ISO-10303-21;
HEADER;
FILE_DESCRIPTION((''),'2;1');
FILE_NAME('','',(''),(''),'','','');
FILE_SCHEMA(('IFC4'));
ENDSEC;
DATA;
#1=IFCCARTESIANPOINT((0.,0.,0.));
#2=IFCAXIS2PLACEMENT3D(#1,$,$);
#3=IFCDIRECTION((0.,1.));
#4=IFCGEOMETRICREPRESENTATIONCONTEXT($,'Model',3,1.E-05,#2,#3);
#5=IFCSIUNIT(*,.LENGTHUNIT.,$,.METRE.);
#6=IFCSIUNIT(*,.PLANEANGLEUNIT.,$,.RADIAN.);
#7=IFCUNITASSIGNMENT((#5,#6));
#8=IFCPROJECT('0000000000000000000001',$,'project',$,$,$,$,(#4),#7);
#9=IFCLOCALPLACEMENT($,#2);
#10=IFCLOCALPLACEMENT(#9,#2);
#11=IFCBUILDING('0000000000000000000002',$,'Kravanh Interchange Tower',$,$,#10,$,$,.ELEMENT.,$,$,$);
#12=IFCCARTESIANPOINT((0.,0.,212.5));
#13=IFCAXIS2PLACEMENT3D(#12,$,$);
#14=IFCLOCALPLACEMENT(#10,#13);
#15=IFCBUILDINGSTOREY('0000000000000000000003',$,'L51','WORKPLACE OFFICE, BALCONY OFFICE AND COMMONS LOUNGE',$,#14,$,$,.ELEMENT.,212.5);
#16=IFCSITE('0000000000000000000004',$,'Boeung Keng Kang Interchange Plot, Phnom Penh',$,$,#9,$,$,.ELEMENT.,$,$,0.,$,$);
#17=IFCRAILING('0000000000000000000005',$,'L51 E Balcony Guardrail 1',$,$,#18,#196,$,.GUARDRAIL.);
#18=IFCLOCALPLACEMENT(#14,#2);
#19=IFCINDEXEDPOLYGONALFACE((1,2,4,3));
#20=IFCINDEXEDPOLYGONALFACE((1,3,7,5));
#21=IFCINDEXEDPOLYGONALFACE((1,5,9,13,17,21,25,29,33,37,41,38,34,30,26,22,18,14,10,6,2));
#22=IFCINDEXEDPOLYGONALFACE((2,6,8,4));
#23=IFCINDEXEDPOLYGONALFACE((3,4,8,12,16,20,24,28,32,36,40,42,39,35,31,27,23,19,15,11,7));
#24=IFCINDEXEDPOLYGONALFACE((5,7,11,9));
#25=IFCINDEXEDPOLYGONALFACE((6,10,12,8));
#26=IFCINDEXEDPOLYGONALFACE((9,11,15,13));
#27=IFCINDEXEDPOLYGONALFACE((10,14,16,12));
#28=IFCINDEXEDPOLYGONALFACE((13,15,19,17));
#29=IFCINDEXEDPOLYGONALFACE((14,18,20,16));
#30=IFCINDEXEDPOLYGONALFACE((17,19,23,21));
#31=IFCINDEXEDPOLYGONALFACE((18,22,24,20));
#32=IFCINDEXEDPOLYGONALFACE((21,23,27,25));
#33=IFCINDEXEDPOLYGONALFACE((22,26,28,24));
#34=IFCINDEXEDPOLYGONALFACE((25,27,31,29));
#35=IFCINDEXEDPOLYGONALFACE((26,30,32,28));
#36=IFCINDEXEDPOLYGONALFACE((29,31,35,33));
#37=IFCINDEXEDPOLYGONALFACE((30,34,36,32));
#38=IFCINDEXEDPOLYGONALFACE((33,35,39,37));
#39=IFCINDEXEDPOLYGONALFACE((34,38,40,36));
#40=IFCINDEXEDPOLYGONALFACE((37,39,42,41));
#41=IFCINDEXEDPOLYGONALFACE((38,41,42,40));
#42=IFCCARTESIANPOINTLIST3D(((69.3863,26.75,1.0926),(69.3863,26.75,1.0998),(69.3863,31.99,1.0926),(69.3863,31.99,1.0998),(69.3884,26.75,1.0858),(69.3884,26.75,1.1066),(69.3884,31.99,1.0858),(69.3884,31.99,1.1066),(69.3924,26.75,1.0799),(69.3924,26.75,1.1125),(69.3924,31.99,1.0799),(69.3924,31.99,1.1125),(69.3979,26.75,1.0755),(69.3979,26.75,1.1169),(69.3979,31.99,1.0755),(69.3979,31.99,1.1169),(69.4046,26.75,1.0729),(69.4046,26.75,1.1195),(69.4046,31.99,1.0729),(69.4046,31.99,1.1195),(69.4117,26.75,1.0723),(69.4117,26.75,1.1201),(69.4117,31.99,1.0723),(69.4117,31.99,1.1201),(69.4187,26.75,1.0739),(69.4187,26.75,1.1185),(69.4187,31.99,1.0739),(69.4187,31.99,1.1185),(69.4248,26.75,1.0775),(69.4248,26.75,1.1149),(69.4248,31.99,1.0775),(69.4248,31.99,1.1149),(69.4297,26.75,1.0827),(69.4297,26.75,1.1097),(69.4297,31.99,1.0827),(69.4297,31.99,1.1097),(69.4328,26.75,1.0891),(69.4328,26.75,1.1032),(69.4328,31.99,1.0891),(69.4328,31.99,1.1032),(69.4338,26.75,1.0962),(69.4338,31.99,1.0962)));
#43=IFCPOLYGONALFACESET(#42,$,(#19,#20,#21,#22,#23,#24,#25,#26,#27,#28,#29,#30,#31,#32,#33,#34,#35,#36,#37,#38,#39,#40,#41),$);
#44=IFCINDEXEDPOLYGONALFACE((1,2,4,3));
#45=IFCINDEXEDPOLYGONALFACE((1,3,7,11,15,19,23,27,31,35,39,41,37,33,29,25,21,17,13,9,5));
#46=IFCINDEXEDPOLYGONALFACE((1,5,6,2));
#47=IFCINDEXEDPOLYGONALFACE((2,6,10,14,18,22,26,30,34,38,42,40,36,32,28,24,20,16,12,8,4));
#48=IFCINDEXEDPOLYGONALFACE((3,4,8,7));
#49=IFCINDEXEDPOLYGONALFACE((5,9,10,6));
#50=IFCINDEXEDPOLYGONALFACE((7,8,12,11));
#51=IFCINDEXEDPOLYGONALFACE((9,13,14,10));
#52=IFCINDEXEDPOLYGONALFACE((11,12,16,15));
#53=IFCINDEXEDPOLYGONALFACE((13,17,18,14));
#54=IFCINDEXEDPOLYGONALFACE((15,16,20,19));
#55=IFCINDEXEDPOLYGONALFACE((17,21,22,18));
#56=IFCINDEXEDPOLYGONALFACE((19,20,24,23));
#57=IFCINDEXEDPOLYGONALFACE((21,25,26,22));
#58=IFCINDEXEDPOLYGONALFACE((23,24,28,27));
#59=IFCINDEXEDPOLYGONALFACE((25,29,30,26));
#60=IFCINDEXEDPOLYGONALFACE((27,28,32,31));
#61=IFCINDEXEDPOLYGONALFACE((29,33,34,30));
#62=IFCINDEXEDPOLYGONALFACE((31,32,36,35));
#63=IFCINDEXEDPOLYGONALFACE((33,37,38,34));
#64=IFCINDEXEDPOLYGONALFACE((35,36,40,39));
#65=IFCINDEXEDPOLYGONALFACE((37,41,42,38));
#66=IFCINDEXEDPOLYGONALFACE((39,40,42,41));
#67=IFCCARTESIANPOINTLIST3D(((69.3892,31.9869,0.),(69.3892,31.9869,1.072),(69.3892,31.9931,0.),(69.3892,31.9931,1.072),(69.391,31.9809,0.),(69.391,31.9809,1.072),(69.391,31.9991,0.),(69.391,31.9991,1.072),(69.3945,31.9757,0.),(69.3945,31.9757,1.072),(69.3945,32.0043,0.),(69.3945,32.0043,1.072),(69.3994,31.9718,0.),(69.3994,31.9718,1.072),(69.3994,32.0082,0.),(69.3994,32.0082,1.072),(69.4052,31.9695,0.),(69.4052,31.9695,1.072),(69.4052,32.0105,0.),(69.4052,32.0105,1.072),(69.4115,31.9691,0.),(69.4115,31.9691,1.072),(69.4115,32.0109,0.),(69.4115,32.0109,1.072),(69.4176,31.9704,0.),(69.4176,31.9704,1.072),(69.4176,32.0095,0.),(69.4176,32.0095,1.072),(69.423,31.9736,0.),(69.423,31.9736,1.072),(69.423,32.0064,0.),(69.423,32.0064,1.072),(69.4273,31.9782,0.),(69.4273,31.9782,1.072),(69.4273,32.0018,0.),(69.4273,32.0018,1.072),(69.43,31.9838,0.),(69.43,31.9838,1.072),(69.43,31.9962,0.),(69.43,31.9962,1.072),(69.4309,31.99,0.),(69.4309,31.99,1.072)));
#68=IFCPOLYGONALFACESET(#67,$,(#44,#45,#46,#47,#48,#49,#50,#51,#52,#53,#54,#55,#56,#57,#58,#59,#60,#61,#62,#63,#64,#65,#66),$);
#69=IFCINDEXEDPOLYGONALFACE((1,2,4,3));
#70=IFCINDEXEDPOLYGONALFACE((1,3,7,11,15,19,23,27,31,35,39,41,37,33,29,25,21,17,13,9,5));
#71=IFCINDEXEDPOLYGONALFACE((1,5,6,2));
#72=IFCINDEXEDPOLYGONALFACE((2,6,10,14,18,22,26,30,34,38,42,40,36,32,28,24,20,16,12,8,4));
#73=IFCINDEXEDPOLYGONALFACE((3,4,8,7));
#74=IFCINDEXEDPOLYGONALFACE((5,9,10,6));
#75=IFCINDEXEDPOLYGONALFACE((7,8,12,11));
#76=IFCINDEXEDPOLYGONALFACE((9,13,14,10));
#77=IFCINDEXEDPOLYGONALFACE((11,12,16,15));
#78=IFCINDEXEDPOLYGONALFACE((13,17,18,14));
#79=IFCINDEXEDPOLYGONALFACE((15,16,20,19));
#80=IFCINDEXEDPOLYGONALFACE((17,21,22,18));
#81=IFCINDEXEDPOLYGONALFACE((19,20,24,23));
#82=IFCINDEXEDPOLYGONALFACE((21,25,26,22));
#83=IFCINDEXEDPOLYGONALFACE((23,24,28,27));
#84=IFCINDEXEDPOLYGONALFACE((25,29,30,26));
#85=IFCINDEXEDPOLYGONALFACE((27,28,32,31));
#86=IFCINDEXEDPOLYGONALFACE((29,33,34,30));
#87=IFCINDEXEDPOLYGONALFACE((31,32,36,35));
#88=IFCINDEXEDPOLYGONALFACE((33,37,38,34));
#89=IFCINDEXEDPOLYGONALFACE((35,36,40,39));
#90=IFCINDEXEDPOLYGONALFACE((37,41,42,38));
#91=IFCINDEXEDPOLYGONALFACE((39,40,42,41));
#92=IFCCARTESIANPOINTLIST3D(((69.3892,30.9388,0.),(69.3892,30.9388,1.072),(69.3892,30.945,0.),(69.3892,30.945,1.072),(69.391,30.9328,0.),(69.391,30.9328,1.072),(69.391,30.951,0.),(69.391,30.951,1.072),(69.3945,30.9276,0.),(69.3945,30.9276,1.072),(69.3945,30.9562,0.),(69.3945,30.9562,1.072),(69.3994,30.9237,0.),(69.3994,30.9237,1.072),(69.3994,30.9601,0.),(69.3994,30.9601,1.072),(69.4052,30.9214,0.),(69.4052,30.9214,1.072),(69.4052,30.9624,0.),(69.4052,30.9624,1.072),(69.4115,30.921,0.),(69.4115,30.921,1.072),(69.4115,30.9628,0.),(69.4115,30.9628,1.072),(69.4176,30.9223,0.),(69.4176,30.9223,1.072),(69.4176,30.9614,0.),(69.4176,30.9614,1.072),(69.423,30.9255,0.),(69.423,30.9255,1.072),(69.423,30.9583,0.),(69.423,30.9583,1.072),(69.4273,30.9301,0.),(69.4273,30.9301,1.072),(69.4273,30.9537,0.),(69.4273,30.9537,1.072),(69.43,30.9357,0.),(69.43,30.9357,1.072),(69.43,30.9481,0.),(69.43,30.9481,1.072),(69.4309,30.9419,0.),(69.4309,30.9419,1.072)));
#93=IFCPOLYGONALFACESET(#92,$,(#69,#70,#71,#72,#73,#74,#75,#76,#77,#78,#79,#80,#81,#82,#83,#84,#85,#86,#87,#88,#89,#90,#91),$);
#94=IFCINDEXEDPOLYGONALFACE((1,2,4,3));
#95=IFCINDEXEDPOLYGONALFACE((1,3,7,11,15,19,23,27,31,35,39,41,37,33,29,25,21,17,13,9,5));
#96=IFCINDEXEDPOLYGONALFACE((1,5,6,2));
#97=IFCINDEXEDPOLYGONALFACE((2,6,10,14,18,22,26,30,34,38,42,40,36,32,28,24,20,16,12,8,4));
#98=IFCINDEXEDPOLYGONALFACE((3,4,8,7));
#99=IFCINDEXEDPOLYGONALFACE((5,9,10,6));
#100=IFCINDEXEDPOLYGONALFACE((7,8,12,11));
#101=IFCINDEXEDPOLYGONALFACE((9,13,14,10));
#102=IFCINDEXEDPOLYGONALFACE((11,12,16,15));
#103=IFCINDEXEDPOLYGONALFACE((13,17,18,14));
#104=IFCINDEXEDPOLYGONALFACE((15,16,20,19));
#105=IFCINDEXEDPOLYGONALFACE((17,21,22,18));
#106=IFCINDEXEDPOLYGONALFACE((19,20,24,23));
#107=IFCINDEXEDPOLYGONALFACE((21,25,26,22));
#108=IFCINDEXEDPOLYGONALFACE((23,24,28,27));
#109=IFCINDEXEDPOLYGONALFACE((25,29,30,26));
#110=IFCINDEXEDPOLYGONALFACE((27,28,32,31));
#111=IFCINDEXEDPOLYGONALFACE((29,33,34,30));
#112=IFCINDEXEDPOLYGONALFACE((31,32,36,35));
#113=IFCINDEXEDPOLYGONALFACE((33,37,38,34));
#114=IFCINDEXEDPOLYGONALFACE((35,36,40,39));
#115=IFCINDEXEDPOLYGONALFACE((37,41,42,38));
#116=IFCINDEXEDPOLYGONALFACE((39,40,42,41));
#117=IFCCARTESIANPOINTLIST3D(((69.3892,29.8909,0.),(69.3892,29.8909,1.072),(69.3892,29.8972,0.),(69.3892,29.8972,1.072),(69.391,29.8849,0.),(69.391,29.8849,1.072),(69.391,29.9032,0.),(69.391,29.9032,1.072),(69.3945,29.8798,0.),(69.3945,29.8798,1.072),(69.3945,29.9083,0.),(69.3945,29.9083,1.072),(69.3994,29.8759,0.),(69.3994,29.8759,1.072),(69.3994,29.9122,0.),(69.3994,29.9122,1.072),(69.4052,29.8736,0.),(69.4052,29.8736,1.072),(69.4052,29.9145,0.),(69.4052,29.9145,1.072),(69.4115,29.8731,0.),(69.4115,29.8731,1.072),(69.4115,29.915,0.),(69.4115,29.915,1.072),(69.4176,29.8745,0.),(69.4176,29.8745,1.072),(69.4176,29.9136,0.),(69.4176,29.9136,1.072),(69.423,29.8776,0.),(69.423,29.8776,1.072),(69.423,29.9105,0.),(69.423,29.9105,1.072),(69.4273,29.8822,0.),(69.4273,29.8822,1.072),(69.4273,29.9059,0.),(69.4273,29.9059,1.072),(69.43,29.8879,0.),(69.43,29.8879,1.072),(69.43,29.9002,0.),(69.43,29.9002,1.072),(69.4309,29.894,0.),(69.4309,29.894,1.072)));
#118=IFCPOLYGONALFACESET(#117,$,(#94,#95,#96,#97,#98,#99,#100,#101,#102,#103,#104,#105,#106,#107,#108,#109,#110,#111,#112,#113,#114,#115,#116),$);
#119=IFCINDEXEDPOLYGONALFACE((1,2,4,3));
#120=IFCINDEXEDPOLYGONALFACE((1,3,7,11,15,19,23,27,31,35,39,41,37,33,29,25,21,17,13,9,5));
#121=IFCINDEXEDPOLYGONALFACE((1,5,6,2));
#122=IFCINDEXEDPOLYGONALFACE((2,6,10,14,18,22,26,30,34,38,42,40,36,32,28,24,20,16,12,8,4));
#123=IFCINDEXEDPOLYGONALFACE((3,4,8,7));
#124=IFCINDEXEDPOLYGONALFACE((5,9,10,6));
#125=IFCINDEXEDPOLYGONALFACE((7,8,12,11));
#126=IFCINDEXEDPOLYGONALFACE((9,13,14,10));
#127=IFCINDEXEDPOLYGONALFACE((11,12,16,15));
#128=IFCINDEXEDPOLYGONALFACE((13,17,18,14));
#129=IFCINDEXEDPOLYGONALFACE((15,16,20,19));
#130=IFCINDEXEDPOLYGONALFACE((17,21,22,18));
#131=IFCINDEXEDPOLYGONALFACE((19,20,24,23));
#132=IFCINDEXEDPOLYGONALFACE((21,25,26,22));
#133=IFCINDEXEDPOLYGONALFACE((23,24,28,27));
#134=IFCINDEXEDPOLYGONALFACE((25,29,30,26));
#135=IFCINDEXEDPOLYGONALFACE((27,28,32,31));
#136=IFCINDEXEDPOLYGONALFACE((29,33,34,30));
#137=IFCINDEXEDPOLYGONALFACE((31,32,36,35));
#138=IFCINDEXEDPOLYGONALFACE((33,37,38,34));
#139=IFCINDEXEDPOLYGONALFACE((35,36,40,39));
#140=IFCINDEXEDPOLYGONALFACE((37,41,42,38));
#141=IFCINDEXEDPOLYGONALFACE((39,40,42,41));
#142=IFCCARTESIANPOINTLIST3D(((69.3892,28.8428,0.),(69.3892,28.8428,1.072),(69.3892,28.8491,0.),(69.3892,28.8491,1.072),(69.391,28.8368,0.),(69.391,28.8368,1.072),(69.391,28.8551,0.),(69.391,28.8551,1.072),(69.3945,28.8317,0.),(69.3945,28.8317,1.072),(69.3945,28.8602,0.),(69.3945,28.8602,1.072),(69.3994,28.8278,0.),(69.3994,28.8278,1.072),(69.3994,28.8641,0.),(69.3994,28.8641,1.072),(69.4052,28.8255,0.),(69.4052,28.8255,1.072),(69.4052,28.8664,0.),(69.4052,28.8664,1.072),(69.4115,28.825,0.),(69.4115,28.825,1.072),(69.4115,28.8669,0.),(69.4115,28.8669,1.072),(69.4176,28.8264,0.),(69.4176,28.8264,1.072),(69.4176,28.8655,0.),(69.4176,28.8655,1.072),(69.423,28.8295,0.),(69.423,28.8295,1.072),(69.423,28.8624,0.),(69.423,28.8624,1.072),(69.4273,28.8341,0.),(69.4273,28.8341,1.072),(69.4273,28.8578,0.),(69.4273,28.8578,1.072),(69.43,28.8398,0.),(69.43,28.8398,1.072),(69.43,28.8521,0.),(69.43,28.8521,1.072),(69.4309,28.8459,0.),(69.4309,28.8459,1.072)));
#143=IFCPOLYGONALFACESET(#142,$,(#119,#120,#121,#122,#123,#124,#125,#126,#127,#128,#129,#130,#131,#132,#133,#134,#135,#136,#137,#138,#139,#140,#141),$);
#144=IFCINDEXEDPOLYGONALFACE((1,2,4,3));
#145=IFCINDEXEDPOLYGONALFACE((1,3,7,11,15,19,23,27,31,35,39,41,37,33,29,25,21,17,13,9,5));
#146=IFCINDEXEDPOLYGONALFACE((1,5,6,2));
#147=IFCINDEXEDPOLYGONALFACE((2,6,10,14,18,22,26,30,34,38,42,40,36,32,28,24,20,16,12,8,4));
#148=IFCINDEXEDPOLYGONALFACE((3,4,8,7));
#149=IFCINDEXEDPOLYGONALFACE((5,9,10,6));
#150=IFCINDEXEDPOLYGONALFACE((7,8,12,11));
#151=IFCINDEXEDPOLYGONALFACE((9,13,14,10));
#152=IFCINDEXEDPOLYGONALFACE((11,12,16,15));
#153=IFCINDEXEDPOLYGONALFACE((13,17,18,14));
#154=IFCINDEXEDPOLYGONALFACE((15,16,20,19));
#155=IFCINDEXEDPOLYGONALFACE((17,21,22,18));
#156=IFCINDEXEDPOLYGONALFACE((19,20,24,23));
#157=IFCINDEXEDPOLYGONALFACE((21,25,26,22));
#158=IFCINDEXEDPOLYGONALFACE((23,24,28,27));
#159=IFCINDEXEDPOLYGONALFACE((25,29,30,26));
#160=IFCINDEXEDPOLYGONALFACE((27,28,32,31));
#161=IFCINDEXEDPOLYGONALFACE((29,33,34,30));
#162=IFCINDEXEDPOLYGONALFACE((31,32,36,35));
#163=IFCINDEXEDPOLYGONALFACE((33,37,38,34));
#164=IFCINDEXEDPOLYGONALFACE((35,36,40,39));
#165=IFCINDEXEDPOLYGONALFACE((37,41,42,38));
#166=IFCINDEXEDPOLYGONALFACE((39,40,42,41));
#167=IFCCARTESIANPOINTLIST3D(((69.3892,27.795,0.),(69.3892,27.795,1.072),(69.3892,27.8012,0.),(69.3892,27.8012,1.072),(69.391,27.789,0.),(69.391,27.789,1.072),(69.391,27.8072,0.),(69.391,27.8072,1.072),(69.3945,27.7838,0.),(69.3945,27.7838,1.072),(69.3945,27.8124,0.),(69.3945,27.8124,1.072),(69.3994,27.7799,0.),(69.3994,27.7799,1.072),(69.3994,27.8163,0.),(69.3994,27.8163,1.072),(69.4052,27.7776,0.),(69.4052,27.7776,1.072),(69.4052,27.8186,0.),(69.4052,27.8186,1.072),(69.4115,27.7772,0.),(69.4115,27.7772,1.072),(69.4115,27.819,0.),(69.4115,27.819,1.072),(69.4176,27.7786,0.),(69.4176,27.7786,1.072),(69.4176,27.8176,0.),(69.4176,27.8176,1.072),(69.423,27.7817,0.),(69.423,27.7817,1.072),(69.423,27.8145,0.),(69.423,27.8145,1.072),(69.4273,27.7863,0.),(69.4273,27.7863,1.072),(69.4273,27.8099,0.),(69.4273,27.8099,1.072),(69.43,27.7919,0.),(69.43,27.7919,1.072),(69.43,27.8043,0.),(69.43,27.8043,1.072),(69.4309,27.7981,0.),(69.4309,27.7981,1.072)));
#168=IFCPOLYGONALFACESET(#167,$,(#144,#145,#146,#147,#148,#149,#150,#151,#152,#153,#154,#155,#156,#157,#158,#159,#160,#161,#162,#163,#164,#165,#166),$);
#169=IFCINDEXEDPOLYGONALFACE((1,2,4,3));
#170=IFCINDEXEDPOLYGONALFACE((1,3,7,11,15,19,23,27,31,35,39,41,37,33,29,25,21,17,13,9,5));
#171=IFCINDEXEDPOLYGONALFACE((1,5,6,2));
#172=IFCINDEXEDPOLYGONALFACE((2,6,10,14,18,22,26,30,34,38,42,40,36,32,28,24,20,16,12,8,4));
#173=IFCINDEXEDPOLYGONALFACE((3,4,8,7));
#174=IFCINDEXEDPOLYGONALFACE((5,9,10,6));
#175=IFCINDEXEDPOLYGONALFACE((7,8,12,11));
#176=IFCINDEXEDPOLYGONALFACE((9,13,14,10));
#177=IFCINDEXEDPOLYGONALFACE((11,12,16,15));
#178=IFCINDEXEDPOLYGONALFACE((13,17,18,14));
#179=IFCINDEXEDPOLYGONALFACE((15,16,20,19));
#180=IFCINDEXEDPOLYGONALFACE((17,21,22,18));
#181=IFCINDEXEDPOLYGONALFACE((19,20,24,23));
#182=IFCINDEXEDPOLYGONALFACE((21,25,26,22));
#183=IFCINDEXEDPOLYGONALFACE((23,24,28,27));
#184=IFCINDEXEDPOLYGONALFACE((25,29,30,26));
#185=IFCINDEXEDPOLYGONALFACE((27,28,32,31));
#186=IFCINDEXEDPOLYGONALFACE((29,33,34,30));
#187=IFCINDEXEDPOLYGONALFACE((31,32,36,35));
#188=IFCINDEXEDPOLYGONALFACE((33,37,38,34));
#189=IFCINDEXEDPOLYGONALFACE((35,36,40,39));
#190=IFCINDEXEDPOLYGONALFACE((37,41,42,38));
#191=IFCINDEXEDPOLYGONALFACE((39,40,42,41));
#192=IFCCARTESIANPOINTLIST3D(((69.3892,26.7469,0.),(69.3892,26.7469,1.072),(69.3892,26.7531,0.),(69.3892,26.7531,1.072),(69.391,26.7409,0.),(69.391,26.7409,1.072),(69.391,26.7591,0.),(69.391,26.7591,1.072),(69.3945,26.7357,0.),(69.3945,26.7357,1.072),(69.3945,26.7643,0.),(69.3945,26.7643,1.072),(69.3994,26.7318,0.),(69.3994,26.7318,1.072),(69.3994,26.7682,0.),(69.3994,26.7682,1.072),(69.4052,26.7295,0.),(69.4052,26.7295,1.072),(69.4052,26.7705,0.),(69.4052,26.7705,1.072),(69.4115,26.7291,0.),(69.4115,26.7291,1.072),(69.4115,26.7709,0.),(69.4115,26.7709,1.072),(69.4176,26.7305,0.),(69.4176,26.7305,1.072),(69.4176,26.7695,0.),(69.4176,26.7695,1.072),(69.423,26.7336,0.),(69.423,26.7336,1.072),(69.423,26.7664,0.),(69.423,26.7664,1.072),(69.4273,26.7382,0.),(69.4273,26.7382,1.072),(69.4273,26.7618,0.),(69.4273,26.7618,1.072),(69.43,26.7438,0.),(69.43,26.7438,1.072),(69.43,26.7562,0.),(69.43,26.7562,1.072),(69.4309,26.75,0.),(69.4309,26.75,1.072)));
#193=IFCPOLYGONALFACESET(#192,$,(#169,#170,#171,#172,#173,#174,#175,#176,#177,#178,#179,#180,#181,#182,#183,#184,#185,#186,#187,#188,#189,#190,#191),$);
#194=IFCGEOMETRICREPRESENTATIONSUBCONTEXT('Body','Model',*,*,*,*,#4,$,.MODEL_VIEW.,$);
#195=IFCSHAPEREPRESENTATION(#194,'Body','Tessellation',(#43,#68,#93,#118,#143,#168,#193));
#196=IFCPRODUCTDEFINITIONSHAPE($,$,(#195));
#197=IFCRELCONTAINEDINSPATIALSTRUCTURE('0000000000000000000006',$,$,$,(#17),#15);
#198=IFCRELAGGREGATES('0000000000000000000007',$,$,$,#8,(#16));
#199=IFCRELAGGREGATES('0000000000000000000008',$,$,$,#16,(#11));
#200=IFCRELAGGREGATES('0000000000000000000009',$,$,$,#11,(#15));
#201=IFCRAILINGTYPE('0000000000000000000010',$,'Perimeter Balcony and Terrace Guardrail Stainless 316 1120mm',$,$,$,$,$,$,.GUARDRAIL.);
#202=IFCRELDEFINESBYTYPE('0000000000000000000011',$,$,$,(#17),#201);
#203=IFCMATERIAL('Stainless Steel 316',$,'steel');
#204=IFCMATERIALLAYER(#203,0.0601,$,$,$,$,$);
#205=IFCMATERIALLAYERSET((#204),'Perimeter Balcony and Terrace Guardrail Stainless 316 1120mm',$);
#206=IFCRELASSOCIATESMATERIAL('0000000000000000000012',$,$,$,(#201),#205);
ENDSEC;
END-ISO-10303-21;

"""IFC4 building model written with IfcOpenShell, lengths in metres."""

from ifc_helpers import new_model, si_unit, direction, frame, origin, origin_2d, place, context, subcontext, project, spatial, circle, extrude, material, layer, layer_set, type_object, element, save


model = new_model("IFC4")

# Units and contexts
model_context = context("Model", 3, precision=1e-05, world=origin(), true_north=direction((0.0, 1.0)))
body_context = subcontext(model_context, "Body", "Model", "MODEL_VIEW")
ifc_project = project(units=[si_unit("LENGTHUNIT", "METRE"), si_unit("PLANEANGLEUNIT", "RADIAN")], contexts=[model_context])

# Site, building, storey
site_placement = place(None, origin())
site = spatial("IfcSite", under=ifc_project, at=site_placement, Name="Boeung Keng Kang Interchange Plot, Phnom Penh", CompositionType="ELEMENT", RefElevation=0.0)
building_placement = place(site_placement, origin())
building = spatial("IfcBuilding", under=site, at=building_placement, Name="Kravanh Interchange Tower", CompositionType="ELEMENT")
storey_placement = place(building_placement, frame((0.0, 0.0, 212.5)))
storey = spatial("IfcBuildingStorey", under=building, at=storey_placement, Name="L51", Description="WORKPLACE OFFICE, BALCONY OFFICE AND COMMONS LOUNGE", CompositionType="ELEMENT", Elevation=212.5)

# Railing
ifc_material_1 = material(Name="Stainless Steel 316", Category="steel")
ifc_layer_1 = layer(ifc_material_1, 0.0601)
ifc_layer_set_1 = layer_set([ifc_layer_1], Name="Perimeter Balcony and Terrace Guardrail Stainless 316 1120mm")
railing_type_1 = type_object("IfcRailingType", Name="Perimeter Balcony and Terrace Guardrail Stainless 316 1120mm", PredefinedType="GUARDRAIL", material=ifc_layer_set_1)
railing_1_placement = place(storey_placement, frame((69.4099, 31.99, 0.0)))
element("IfcRailing", 1, at=railing_1_placement, inside=storey, type_object=railing_type_1, Name="L51 E Balcony Guardrail 1", PredefinedType="GUARDRAIL", context=body_context, shape_type="SweptSolid", body=[
    extrude(circle(Radius=0.0239, at=origin_2d()), frame((0.0, 0.0, 1.0962), z_axis=(0.0, -1.0, 0.0), x_axis=(1.0, 0.0, 0.0)), (0.0, 0.0, 1.0), 5.24),
    extrude(circle(Radius=0.021, at=origin_2d()), origin(), (0.0, 0.0, 1.0), 1.072),
    extrude(circle(Radius=0.021, at=origin_2d()), frame((0.0, -1.0481, 0.0)), (0.0, 0.0, 1.0), 1.072),
    extrude(circle(Radius=0.021, at=origin_2d()), frame((0.0, -2.0959, 0.0)), (0.0, 0.0, 1.0), 1.072),
    extrude(circle(Radius=0.021, at=origin_2d()), frame((0.0, -3.144, 0.0)), (0.0, 0.0, 1.0), 1.072),
    extrude(circle(Radius=0.021, at=origin_2d()), frame((0.0, -4.1919, 0.0)), (0.0, 0.0, 1.0), 1.072),
    extrude(circle(Radius=0.021, at=origin_2d()), frame((0.0, -5.24, 0.0)), (0.0, 0.0, 1.0), 1.072),
])

save(model, "model.ifc")
